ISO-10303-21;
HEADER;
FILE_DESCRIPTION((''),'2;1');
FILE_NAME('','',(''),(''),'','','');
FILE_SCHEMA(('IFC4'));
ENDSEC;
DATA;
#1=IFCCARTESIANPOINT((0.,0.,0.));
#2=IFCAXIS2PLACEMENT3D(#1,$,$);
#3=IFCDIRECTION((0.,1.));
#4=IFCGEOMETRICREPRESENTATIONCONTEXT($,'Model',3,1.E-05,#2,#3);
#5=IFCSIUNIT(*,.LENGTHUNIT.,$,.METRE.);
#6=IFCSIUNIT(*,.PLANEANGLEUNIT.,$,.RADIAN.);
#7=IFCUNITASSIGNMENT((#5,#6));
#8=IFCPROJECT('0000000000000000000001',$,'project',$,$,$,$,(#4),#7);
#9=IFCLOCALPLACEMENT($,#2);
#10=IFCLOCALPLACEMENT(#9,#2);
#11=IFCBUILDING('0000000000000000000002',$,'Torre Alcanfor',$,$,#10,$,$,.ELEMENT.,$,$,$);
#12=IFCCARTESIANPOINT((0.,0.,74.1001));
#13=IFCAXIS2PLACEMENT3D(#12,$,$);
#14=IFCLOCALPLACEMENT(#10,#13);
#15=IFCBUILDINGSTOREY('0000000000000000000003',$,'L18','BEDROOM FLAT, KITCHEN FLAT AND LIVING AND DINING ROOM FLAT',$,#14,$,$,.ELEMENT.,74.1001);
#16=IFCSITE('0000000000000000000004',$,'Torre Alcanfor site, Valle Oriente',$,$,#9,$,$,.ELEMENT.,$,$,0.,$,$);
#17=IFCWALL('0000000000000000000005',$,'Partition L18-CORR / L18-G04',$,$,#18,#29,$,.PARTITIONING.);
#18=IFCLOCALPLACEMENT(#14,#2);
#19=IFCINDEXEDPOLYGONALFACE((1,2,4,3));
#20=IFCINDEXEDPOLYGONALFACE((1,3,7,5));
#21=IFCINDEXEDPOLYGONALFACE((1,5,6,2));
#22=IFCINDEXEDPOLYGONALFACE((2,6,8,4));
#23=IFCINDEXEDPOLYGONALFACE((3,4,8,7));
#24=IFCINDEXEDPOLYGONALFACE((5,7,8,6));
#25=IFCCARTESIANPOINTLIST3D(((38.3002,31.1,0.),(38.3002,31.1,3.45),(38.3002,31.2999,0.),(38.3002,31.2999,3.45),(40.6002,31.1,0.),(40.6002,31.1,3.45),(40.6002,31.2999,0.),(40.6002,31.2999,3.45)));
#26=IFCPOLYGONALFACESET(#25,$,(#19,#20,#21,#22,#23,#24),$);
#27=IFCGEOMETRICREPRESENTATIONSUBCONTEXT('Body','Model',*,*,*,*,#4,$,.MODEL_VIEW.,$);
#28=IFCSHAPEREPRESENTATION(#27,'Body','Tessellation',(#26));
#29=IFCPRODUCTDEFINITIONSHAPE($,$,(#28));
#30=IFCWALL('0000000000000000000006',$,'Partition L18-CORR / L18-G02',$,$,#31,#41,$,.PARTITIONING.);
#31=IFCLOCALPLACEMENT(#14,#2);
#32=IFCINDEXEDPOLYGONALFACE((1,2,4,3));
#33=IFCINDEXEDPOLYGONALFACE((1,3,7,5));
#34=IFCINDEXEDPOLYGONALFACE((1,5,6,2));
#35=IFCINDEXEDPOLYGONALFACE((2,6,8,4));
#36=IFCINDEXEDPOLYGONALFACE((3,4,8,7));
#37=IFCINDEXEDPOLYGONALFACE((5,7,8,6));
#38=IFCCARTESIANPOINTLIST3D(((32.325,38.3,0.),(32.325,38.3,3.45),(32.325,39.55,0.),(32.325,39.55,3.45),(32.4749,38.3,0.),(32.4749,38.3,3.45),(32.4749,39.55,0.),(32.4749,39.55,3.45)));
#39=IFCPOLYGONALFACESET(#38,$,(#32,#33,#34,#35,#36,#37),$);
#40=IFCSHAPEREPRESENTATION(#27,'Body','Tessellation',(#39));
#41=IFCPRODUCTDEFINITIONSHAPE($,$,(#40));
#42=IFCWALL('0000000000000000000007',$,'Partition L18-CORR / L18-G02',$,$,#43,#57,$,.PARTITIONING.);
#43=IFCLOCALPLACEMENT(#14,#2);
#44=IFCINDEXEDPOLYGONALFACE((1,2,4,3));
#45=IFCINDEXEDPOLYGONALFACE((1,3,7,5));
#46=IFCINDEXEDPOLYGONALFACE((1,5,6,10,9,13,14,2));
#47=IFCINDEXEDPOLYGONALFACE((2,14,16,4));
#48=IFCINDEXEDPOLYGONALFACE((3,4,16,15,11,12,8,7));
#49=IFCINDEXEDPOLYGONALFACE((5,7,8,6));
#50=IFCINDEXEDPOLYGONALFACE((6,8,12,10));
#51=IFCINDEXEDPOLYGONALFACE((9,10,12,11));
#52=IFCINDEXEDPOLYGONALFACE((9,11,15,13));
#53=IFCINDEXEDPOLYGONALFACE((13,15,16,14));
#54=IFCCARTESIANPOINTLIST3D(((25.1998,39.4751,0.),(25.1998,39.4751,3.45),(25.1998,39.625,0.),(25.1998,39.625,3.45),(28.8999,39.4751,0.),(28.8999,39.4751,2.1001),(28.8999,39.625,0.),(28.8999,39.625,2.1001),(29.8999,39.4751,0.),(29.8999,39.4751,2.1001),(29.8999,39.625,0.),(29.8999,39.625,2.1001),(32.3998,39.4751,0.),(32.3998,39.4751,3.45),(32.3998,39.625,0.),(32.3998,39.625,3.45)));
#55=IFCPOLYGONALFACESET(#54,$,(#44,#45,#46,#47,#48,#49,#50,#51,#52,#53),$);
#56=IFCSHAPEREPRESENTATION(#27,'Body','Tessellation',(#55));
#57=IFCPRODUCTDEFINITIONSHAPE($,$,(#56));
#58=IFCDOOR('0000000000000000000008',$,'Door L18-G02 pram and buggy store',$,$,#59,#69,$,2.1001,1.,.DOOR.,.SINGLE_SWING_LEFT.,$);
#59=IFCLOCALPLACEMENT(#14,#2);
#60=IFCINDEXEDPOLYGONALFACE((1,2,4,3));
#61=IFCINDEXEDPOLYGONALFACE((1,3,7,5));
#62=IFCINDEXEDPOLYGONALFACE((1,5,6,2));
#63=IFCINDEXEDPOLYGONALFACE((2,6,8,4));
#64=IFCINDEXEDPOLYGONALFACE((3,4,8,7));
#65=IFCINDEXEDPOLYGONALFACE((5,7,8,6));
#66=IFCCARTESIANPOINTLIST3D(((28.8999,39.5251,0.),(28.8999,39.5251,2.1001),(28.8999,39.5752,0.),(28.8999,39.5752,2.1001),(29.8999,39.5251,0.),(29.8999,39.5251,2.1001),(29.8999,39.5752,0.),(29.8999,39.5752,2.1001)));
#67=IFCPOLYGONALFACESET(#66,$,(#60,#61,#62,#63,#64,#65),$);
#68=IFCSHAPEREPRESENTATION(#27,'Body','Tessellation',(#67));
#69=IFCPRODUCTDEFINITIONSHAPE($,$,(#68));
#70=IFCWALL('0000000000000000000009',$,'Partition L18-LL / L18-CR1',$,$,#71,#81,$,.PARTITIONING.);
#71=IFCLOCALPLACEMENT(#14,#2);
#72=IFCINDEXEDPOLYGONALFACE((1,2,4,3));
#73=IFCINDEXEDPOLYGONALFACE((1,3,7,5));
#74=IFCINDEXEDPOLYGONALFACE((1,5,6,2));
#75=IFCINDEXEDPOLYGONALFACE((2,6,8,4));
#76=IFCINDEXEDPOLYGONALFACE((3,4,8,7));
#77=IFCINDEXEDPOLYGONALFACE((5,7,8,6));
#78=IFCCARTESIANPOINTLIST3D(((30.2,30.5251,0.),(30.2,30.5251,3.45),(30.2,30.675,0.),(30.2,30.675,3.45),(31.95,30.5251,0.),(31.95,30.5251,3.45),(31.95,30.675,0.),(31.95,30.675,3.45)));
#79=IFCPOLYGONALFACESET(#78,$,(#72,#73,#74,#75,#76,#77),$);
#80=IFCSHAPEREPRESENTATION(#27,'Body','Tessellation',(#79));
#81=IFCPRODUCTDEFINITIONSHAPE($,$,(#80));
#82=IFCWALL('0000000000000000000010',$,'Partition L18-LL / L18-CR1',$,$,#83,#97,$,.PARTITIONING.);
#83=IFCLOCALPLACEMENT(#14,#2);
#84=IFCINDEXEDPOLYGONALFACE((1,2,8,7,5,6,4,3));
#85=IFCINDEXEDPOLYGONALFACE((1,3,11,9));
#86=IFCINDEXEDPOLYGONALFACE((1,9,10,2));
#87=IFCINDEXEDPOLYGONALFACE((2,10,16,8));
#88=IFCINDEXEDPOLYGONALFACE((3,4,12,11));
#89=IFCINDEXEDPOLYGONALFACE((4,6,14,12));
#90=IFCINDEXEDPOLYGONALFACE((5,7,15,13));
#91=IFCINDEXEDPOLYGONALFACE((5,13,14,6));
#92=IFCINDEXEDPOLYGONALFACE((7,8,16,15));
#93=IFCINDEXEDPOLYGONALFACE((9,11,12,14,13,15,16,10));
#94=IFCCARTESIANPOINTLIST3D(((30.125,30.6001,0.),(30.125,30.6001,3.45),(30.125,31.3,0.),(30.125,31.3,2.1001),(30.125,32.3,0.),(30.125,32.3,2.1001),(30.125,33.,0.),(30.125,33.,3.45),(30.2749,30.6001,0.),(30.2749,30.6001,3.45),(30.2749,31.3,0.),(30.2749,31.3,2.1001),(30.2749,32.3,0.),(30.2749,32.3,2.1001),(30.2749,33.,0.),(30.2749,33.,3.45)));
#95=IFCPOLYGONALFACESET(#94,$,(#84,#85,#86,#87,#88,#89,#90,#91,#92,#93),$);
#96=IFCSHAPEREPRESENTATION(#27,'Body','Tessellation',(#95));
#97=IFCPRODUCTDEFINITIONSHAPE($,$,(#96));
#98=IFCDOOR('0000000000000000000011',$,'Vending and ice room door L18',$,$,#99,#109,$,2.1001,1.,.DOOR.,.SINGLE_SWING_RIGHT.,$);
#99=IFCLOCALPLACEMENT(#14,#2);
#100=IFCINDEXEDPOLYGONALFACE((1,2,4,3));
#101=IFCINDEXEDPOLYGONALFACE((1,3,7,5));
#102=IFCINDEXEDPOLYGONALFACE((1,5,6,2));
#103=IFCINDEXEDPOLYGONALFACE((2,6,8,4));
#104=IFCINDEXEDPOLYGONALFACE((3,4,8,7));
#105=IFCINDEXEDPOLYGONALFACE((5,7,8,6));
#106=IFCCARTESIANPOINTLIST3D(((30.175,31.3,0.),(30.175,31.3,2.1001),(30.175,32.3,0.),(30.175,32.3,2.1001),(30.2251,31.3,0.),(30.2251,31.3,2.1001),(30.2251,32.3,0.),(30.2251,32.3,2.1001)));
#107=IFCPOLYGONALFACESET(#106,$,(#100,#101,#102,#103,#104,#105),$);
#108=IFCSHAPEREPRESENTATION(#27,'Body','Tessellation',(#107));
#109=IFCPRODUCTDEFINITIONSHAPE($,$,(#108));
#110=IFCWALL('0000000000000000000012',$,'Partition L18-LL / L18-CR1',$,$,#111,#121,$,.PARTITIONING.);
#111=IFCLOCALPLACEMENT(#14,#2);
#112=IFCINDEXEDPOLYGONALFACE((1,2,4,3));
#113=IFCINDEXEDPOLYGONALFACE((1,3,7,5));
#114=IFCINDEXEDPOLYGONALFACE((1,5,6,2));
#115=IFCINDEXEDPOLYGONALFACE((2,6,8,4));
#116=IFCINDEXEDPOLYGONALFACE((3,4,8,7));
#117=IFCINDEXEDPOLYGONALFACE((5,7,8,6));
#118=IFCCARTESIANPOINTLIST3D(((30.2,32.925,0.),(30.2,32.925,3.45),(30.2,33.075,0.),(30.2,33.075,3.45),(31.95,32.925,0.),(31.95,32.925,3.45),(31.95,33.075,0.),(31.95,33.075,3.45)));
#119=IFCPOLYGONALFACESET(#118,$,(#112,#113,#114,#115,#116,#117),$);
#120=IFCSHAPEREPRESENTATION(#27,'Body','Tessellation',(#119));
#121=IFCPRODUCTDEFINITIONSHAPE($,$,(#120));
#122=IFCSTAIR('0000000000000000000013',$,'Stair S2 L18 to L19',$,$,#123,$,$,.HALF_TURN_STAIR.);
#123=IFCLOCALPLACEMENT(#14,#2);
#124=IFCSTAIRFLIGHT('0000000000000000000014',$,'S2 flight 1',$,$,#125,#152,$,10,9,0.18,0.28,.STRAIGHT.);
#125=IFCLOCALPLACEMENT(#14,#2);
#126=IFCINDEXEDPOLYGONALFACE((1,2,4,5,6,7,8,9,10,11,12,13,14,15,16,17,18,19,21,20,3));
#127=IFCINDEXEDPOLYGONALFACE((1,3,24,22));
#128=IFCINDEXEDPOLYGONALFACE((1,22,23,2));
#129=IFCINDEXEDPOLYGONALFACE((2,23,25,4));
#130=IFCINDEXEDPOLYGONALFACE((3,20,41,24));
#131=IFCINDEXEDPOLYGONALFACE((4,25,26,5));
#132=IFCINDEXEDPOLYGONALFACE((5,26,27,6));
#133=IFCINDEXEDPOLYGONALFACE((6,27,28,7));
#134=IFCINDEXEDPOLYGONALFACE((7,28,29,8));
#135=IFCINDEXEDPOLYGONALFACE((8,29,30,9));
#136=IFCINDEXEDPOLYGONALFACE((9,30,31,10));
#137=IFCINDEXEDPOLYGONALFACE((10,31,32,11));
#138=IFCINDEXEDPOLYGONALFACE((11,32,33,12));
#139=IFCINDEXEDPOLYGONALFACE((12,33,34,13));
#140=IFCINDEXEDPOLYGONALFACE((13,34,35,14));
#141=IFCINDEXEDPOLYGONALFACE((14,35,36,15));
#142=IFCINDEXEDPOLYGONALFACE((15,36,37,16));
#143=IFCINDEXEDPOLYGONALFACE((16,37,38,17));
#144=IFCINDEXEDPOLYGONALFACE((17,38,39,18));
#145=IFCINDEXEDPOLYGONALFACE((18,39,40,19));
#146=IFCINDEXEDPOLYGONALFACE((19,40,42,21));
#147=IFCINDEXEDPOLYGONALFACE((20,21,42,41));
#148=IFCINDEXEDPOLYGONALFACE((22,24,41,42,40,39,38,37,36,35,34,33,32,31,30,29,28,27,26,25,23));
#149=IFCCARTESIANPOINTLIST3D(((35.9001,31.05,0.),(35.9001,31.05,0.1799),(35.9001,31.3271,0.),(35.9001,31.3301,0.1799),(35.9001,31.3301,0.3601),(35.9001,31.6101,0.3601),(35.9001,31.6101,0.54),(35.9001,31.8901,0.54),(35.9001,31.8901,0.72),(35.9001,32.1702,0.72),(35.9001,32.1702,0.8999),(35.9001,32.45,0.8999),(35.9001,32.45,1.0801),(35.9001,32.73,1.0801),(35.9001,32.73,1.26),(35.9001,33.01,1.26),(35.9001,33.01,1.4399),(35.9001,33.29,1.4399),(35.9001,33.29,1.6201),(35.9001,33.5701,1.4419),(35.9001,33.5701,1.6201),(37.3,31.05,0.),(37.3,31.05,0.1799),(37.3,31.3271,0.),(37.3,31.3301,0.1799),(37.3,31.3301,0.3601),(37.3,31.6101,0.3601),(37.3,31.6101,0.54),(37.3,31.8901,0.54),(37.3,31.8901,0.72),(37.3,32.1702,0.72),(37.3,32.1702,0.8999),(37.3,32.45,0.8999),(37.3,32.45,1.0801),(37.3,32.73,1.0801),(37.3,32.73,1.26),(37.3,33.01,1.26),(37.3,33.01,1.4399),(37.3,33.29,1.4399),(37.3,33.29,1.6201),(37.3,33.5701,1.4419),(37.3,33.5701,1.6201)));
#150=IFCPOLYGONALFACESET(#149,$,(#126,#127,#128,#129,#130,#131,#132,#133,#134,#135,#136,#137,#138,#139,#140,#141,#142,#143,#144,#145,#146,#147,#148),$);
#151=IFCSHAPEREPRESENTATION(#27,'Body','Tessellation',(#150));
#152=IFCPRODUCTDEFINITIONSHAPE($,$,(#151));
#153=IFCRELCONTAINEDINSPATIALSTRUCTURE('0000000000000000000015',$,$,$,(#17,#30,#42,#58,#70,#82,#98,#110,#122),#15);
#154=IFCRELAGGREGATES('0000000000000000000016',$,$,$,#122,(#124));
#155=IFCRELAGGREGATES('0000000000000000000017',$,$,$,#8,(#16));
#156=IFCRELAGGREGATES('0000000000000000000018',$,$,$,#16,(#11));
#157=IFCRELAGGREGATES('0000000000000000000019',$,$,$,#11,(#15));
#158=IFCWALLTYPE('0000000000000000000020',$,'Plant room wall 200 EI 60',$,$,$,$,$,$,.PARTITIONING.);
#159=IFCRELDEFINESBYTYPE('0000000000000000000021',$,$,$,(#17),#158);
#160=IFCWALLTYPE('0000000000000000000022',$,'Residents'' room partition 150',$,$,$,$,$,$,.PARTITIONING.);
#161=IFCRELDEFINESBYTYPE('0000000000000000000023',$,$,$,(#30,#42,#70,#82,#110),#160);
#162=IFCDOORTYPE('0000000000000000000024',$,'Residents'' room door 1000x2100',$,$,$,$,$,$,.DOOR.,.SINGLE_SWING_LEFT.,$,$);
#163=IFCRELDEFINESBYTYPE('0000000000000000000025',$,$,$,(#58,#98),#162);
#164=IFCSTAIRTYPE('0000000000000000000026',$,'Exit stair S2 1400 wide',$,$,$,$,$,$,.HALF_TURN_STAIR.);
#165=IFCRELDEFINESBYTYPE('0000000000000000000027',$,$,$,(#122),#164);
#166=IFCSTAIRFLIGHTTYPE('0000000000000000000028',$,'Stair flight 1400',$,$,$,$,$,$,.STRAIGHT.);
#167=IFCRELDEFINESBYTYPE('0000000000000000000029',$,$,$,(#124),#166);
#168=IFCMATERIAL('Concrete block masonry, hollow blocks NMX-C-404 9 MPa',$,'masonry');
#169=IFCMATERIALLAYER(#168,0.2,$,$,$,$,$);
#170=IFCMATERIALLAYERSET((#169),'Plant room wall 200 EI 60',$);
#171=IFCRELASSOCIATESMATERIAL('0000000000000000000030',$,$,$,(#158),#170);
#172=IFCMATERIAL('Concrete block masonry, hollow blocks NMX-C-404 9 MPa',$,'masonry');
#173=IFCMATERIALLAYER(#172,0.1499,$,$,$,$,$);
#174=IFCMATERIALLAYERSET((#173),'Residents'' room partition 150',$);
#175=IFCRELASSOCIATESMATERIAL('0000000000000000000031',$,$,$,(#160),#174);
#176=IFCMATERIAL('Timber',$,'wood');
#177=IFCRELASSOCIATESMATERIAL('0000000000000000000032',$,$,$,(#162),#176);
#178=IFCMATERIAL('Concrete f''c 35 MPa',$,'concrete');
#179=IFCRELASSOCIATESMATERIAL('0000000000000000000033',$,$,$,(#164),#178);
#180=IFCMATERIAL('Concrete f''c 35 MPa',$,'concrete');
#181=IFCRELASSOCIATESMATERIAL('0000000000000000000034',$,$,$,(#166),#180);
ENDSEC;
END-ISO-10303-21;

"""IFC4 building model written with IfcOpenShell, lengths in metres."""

from ifc_helpers import new_model, si_unit, direction, frame, frame_2d, origin, place, context, subcontext, project, spatial, polyline, rectangle, outline, extrude, material, layer, layer_set, type_object, element, fill, aggregate, save


model = new_model("IFC4")

# Units and contexts
model_context = context("Model", 3, precision=1e-05, world=origin(), true_north=direction((0.0, 1.0)))
body_context = subcontext(model_context, "Body", "Model", "MODEL_VIEW")
ifc_project = project(units=[si_unit("LENGTHUNIT", "METRE"), si_unit("PLANEANGLEUNIT", "RADIAN")], contexts=[model_context])

# Site, building, storey
site_placement = place(None, origin())
site = spatial("IfcSite", under=ifc_project, at=site_placement, Name="Torre Alcanfor site, Valle Oriente", CompositionType="ELEMENT", RefElevation=0.0)
building_placement = place(site_placement, origin())
building = spatial("IfcBuilding", under=site, at=building_placement, Name="Torre Alcanfor", CompositionType="ELEMENT")
storey_placement = place(building_placement, frame((0.0, 0.0, 74.1001)))
storey = spatial("IfcBuildingStorey", under=building, at=storey_placement, Name="L18", Description="BEDROOM FLAT, KITCHEN FLAT AND LIVING AND DINING ROOM FLAT", CompositionType="ELEMENT", Elevation=74.1001)

# Walls
ifc_material_1 = material(Name="Concrete block masonry, hollow blocks NMX-C-404 9 MPa", Category="masonry")
ifc_layer_1 = layer(ifc_material_1, 0.2)
ifc_layer_set_1 = layer_set([ifc_layer_1], Name="Plant room wall 200 EI 60")
wall_type_1 = type_object("IfcWallType", Name="Plant room wall 200 EI 60", PredefinedType="PARTITIONING", material=ifc_layer_set_1)
wall_1_placement = place(storey_placement, frame((40.6001, 31.2, 0.0), z_axis=(0.0, 0.0, 1.0), x_axis=(-1.0, 0.0, 0.0)))
element("IfcWall", 1, at=wall_1_placement, inside=storey, type_object=wall_type_1, Name="Partition L18-CORR / L18-G04", PredefinedType="PARTITIONING", context=body_context, shape_type="SweptSolid", body=[
    extrude(rectangle(XDim=2.3, YDim=0.2, at=frame_2d((1.1499, 0.0))), origin(), (0.0, 0.0, 1.0), 3.45),
])
ifc_material_2 = material(Name="Concrete block masonry, hollow blocks NMX-C-404 9 MPa", Category="masonry")
ifc_layer_2 = layer(ifc_material_2, 0.1499)
ifc_layer_set_2 = layer_set([ifc_layer_2], Name="Residents' room partition 150")
wall_type_2 = type_object("IfcWallType", Name="Residents' room partition 150", PredefinedType="PARTITIONING", material=ifc_layer_set_2)
wall_2_placement = place(storey_placement, frame((32.3999, 38.3, 0.0), z_axis=(0.0, 0.0, 1.0), x_axis=(0.0, 1.0, 0.0)))
element("IfcWall", 2, at=wall_2_placement, inside=storey, type_object=wall_type_2, Name="Partition L18-CORR / L18-G02", PredefinedType="PARTITIONING", context=body_context, shape_type="SweptSolid", body=[
    extrude(rectangle(XDim=1.25, YDim=0.1499, at=frame_2d((0.625, 0.0))), origin(), (0.0, 0.0, 1.0), 3.45),
])

# Wall, opening, door
wall_3_placement = place(storey_placement, frame((32.3999, 39.55, 0.0), z_axis=(0.0, 0.0, 1.0), x_axis=(-1.0, 0.0, 0.0)))
wall_3 = element("IfcWall", 3, at=wall_3_placement, inside=storey, type_object=wall_type_2, Name="Partition L18-CORR / L18-G02", PredefinedType="PARTITIONING", context=body_context, shape_type="SweptSolid", body=[
    extrude(rectangle(XDim=7.2, YDim=0.1499, at=frame_2d((3.6001, 0.0))), origin(), (0.0, 0.0, 1.0), 3.45),
])
opening_1_placement = place(wall_3_placement, frame((2.5, 0.0, 0.0)))
opening_1 = element("IfcOpeningElement", 4, at=opening_1_placement, cuts=wall_3, PredefinedType="OPENING", context=body_context, shape_type="SweptSolid", body=[
    extrude(rectangle(XDim=1.0, YDim=2.1001, at=frame_2d((0.5, 1.05))), frame((0.0, 0.085, 0.0), z_axis=(0.0, -1.0, 0.0), x_axis=(1.0, 0.0, 0.0)), (0.0, 0.0, 1.0), 0.1699),
])
ifc_material_3 = material(Name="Timber", Category="wood")
door_type_1 = type_object("IfcDoorType", Name="Residents' room door 1000x2100", OperationType="SINGLE_SWING_LEFT", PredefinedType="DOOR", material=ifc_material_3)
door_1_placement = place(opening_1_placement, origin())
door_1 = element("IfcDoor", 5, at=door_1_placement, inside=storey, type_object=door_type_1, Name="Door L18-G02 pram and buggy store", OperationType="SINGLE_SWING_LEFT", OverallHeight=2.1001, OverallWidth=1.0, PredefinedType="DOOR", context=body_context, shape_type="SweptSolid", body=[
    extrude(rectangle(XDim=1.0, YDim=2.1001, at=frame_2d((0.5, 1.05))), frame((0.0, 0.0249, 0.0), z_axis=(0.0, -1.0, 0.0), x_axis=(1.0, 0.0, 0.0)), (0.0, 0.0, 1.0), 0.05),
])
fill(opening_1, door_1)

# Wall
wall_4_placement = place(storey_placement, frame((31.95, 30.6001, 0.0), z_axis=(0.0, 0.0, 1.0), x_axis=(-1.0, 0.0, 0.0)))
element("IfcWall", 6, at=wall_4_placement, inside=storey, type_object=wall_type_2, Name="Partition L18-LL / L18-CR1", PredefinedType="PARTITIONING", context=body_context, shape_type="SweptSolid", body=[
    extrude(rectangle(XDim=1.75, YDim=0.1499, at=frame_2d((0.875, 0.0))), origin(), (0.0, 0.0, 1.0), 3.45),
])

# Wall, opening, door
wall_5_placement = place(storey_placement, frame((30.2, 30.6001, 0.0), z_axis=(0.0, 0.0, 1.0), x_axis=(0.0, 1.0, 0.0)))
wall_5 = element("IfcWall", 7, at=wall_5_placement, inside=storey, type_object=wall_type_2, Name="Partition L18-LL / L18-CR1", PredefinedType="PARTITIONING", context=body_context, shape_type="SweptSolid", body=[
    extrude(rectangle(XDim=2.3999, YDim=0.1499, at=frame_2d((1.2, 0.0))), origin(), (0.0, 0.0, 1.0), 3.45),
])
opening_2_placement = place(wall_5_placement, frame((0.7, 0.0, 0.0)))
opening_2 = element("IfcOpeningElement", 8, at=opening_2_placement, cuts=wall_5, PredefinedType="OPENING", context=body_context, shape_type="SweptSolid", body=[
    extrude(rectangle(XDim=1.0, YDim=2.1001, at=frame_2d((0.5, 1.05))), frame((0.0, 0.085, 0.0), z_axis=(0.0, -1.0, 0.0), x_axis=(1.0, 0.0, 0.0)), (0.0, 0.0, 1.0), 0.1699),
])
door_2_placement = place(opening_2_placement, frame((1.0, 0.0, 0.0), z_axis=(0.0, 0.0, 1.0), x_axis=(-1.0, 0.0, 0.0)))
door_2 = element("IfcDoor", 9, at=door_2_placement, inside=storey, type_object=door_type_1, Name="Vending and ice room door L18", OperationType="SINGLE_SWING_RIGHT", OverallHeight=2.1001, OverallWidth=1.0, PredefinedType="DOOR", context=body_context, shape_type="SweptSolid", body=[
    extrude(rectangle(XDim=1.0, YDim=2.1001, at=frame_2d((0.5, 1.05))), frame((0.0, 0.0251, 0.0), z_axis=(0.0, -1.0, 0.0), x_axis=(1.0, 0.0, 0.0)), (0.0, 0.0, 1.0), 0.05),
])
fill(opening_2, door_2)

# Wall
wall_6_placement = place(storey_placement, frame((30.2, 33.0, 0.0), z_axis=(0.0, 0.0, 1.0), x_axis=(1.0, 0.0, 0.0)))
element("IfcWall", 10, at=wall_6_placement, inside=storey, type_object=wall_type_2, Name="Partition L18-LL / L18-CR1", PredefinedType="PARTITIONING", context=body_context, shape_type="SweptSolid", body=[
    extrude(rectangle(XDim=1.75, YDim=0.1499, at=frame_2d((0.875, 0.0))), origin(), (0.0, 0.0, 1.0), 3.45),
])

# Stair, stair flight
ifc_material_4 = material(Name="Concrete f'c 35 MPa", Category="concrete")
stair_type = type_object("IfcStairType", Name="Exit stair S2 1400 wide", PredefinedType="HALF_TURN_STAIR", material=ifc_material_4)
stair_placement = place(storey_placement, origin())
stair = element("IfcStair", 11, at=stair_placement, inside=storey, type_object=stair_type, Name="Stair S2 L18 to L19", PredefinedType="HALF_TURN_STAIR")
ifc_material_5 = material(Name="Concrete f'c 35 MPa", Category="concrete")
stair_flight_type = type_object("IfcStairFlightType", Name="Stair flight 1400", PredefinedType="STRAIGHT", material=ifc_material_5)
stair_flight_1_placement = place(storey_placement, frame((36.6001, 31.05, 0.0), z_axis=(0.0, 0.0, 1.0), x_axis=(0.0, 1.0, 0.0)))
stair_flight_1 = element("IfcStairFlight", 12, at=stair_flight_1_placement, type_object=stair_flight_type, Name="S2 flight 1", NumberOfRisers=10, NumberOfTreads=9, PredefinedType="STRAIGHT", RiserHeight=0.18, TreadLength=0.28, context=body_context, shape_type="SweptSolid", body=[
    extrude(outline(polyline([(0.0, 0.0), (0.0, 0.1799), (0.28, 0.1799), (0.28, 0.3601), (0.5601, 0.3601), (0.5601, 0.54), (0.8401, 0.54), (0.8401, 0.72), (1.1201, 0.72), (1.1201, 0.8999), (1.3999, 0.8999), (1.3999, 1.0801), (1.6799, 1.0801), (1.6799, 1.26), (1.96, 1.26), (1.96, 1.4399), (2.24, 1.4399), (2.24, 1.6201), (2.52, 1.6201), (2.52, 1.8), (2.52, 1.4419), (0.2771, 0.0), (0.0, 0.0)])), frame((0.0, 0.7, 0.0), z_axis=(0.0, -1.0, 0.0), x_axis=(1.0, 0.0, 0.0)), (0.0, 0.0, 1.0), 1.3999),
])
aggregate(stair, [stair_flight_1])

save(model, "model.ifc")
